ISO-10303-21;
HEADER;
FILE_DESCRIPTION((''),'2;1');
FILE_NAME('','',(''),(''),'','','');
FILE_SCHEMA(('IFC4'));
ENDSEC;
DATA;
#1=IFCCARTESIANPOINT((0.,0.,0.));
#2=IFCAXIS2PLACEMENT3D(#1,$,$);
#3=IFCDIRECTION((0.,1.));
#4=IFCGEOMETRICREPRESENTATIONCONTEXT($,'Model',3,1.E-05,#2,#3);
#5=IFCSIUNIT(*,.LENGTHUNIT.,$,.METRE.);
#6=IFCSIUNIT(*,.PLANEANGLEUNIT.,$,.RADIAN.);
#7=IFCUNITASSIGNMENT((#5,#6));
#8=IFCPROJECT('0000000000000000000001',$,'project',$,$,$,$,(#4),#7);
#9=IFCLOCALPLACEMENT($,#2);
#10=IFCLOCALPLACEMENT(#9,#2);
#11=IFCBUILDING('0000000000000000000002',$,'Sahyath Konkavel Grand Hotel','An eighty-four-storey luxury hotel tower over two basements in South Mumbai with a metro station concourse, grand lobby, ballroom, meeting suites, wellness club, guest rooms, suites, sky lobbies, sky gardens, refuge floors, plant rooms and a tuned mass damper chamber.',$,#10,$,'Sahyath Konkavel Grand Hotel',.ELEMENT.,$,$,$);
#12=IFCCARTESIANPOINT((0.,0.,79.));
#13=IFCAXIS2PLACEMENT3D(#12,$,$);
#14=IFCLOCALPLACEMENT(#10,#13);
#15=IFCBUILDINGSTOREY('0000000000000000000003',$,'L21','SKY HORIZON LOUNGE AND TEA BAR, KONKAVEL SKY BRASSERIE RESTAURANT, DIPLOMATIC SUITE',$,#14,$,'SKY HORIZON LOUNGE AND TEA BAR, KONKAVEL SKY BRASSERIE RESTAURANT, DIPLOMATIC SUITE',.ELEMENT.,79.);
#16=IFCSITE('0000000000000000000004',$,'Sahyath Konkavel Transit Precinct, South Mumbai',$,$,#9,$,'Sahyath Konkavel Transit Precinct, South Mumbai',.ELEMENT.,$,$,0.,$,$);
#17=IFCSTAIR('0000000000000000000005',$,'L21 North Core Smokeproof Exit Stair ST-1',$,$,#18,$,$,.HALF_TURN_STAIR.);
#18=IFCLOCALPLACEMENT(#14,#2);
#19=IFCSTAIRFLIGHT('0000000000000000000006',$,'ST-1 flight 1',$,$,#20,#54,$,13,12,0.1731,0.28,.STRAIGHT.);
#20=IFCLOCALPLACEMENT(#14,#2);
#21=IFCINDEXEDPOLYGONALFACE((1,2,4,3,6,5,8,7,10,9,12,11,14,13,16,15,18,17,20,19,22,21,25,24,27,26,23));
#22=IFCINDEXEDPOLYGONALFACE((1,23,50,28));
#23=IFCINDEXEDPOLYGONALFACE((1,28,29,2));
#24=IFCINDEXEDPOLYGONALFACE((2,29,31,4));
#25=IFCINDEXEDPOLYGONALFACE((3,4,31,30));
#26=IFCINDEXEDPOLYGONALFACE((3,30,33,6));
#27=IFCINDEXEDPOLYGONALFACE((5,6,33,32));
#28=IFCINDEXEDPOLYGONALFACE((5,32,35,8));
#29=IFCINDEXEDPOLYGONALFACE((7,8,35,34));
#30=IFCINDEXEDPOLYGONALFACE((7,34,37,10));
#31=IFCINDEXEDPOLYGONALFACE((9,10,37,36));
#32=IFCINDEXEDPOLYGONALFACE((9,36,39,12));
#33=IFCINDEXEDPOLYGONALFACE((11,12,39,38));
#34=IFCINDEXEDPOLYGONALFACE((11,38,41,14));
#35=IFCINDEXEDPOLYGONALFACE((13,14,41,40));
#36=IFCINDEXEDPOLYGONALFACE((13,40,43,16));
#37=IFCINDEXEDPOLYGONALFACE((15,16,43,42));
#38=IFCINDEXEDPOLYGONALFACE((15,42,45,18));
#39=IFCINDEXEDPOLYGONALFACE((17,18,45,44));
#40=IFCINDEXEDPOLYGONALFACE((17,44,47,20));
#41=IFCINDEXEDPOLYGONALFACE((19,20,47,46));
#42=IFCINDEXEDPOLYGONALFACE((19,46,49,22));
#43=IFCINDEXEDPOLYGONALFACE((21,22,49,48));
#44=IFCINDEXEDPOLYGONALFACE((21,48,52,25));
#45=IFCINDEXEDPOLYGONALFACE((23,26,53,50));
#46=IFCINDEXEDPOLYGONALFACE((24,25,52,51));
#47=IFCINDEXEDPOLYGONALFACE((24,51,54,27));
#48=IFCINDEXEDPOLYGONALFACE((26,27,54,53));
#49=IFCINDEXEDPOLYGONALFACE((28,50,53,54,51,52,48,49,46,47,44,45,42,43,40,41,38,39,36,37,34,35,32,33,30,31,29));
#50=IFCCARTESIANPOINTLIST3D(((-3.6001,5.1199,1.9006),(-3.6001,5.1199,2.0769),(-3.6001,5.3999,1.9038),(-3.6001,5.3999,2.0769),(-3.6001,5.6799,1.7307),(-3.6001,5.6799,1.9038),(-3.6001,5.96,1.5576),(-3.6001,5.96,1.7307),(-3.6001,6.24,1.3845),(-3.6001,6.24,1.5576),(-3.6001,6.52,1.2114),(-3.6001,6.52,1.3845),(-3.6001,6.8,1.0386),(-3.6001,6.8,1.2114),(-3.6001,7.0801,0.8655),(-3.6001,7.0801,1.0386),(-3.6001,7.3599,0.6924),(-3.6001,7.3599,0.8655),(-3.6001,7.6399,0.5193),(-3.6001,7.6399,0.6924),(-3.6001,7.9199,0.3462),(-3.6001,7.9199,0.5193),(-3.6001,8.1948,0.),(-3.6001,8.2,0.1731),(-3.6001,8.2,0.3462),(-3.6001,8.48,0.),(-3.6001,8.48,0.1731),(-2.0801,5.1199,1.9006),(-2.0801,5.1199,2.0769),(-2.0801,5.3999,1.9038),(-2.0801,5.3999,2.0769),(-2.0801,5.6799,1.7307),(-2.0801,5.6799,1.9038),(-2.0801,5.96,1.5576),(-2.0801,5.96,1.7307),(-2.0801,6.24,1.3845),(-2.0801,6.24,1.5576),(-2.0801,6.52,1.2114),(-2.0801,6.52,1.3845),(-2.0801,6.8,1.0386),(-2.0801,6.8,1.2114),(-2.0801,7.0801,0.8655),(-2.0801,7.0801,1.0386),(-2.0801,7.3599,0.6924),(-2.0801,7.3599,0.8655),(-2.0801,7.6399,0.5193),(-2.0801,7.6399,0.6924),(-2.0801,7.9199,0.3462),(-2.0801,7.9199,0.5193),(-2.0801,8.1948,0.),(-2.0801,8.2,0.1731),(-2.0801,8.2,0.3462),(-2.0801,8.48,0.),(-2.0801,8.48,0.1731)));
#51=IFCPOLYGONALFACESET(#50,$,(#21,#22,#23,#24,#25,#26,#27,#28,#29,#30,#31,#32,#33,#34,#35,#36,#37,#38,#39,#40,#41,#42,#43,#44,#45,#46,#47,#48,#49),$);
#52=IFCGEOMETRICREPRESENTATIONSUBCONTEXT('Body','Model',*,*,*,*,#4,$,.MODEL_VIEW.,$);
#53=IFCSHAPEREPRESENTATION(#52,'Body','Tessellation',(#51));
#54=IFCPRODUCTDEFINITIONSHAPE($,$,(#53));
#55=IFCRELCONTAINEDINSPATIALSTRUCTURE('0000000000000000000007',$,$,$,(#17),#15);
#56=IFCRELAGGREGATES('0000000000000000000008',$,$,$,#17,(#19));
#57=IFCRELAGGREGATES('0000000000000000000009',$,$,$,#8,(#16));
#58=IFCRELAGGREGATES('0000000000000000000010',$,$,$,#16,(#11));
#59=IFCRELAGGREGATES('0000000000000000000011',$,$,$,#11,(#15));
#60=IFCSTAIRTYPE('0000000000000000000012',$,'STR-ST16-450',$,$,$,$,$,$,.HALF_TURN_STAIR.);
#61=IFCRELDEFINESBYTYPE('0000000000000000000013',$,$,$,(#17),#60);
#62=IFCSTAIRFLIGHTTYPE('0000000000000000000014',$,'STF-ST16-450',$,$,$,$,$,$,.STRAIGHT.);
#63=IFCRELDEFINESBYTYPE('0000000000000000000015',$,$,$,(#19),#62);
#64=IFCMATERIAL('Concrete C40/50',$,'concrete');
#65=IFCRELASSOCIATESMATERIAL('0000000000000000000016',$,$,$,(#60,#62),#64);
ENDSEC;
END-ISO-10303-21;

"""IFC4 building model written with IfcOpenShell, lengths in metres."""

from ifc_helpers import new_model, si_unit, direction, frame, origin, place, context, subcontext, project, spatial, polyline, outline, extrude, material, type_object, element, aggregate, save


model = new_model("IFC4")

# Units and contexts
model_context = context("Model", 3, precision=1e-05, world=origin(), true_north=direction((0.0, 1.0)))
body_context = subcontext(model_context, "Body", "Model", "MODEL_VIEW")
ifc_project = project(units=[si_unit("LENGTHUNIT", "METRE"), si_unit("PLANEANGLEUNIT", "RADIAN")], contexts=[model_context])

# Site, building, storey
site_placement = place(None, origin())
site = spatial("IfcSite", under=ifc_project, at=site_placement, Name="Sahyath Konkavel Transit Precinct, South Mumbai", LongName="Sahyath Konkavel Transit Precinct, South Mumbai", CompositionType="ELEMENT", RefElevation=0.0)
building_placement = place(site_placement, origin())
building = spatial("IfcBuilding", under=site, at=building_placement, Name="Sahyath Konkavel Grand Hotel", Description="An eighty-four-storey luxury hotel tower over two basements in South Mumbai with a metro station concourse, grand lobby, ballroom, meeting suites, wellness club, guest rooms, suites, sky lobbies, sky gardens, refuge floors, plant rooms and a tuned mass damper chamber.", LongName="Sahyath Konkavel Grand Hotel", CompositionType="ELEMENT")
storey_placement = place(building_placement, frame((0.0, 0.0, 79.0)))
storey = spatial("IfcBuildingStorey", under=building, at=storey_placement, Name="L21", Description="SKY HORIZON LOUNGE AND TEA BAR, KONKAVEL SKY BRASSERIE RESTAURANT, DIPLOMATIC SUITE", LongName="SKY HORIZON LOUNGE AND TEA BAR, KONKAVEL SKY BRASSERIE RESTAURANT, DIPLOMATIC SUITE", CompositionType="ELEMENT", Elevation=79.0)

# Stair, stair flight
ifc_material_1 = material(Name="Concrete C40/50", Category="concrete")
stair_type = type_object("IfcStairType", Name="STR-ST16-450", PredefinedType="HALF_TURN_STAIR", material=ifc_material_1)
stair_placement = place(storey_placement, origin())
stair = element("IfcStair", 1, at=stair_placement, inside=storey, type_object=stair_type, Name="L21 North Core Smokeproof Exit Stair ST-1", PredefinedType="HALF_TURN_STAIR")
stair_flight_type = type_object("IfcStairFlightType", Name="STF-ST16-450", PredefinedType="STRAIGHT", material=ifc_material_1)
stair_flight_placement = place(storey_placement, frame((-2.8401, 8.48, 0.0), z_axis=(0.0, 0.0, 1.0), x_axis=(0.0, -1.0, 0.0)))
stair_flight = element("IfcStairFlight", 2, at=stair_flight_placement, type_object=stair_flight_type, Name="ST-1 flight 1", NumberOfRisers=13, NumberOfTreads=12, PredefinedType="STRAIGHT", RiserHeight=0.1731, TreadLength=0.28, context=body_context, shape_type="SweptSolid", body=[
    extrude(outline(polyline([(0.0, 0.0), (0.0, 0.1731), (0.28, 0.1731), (0.28, 0.3462), (0.5601, 0.3462), (0.5601, 0.5193), (0.8401, 0.5193), (0.8401, 0.6924), (1.1201, 0.6924), (1.1201, 0.8655), (1.3999, 0.8655), (1.3999, 1.0386), (1.6799, 1.0386), (1.6799, 1.2114), (1.96, 1.2114), (1.96, 1.3845), (2.24, 1.3845), (2.24, 1.5576), (2.52, 1.5576), (2.52, 1.7307), (2.8, 1.7307), (2.8, 1.9038), (3.0801, 1.9038), (3.0801, 2.0769), (3.3601, 2.0769), (3.3601, 2.25), (3.3601, 1.9006), (0.2852, 0.0), (0.0, 0.0)])), frame((0.0, 0.76, 0.0), z_axis=(0.0, -1.0, 0.0), x_axis=(1.0, 0.0, 0.0)), (0.0, 0.0, 1.0), 1.52),
])
aggregate(stair, [stair_flight])

save(model, "model.ifc")
